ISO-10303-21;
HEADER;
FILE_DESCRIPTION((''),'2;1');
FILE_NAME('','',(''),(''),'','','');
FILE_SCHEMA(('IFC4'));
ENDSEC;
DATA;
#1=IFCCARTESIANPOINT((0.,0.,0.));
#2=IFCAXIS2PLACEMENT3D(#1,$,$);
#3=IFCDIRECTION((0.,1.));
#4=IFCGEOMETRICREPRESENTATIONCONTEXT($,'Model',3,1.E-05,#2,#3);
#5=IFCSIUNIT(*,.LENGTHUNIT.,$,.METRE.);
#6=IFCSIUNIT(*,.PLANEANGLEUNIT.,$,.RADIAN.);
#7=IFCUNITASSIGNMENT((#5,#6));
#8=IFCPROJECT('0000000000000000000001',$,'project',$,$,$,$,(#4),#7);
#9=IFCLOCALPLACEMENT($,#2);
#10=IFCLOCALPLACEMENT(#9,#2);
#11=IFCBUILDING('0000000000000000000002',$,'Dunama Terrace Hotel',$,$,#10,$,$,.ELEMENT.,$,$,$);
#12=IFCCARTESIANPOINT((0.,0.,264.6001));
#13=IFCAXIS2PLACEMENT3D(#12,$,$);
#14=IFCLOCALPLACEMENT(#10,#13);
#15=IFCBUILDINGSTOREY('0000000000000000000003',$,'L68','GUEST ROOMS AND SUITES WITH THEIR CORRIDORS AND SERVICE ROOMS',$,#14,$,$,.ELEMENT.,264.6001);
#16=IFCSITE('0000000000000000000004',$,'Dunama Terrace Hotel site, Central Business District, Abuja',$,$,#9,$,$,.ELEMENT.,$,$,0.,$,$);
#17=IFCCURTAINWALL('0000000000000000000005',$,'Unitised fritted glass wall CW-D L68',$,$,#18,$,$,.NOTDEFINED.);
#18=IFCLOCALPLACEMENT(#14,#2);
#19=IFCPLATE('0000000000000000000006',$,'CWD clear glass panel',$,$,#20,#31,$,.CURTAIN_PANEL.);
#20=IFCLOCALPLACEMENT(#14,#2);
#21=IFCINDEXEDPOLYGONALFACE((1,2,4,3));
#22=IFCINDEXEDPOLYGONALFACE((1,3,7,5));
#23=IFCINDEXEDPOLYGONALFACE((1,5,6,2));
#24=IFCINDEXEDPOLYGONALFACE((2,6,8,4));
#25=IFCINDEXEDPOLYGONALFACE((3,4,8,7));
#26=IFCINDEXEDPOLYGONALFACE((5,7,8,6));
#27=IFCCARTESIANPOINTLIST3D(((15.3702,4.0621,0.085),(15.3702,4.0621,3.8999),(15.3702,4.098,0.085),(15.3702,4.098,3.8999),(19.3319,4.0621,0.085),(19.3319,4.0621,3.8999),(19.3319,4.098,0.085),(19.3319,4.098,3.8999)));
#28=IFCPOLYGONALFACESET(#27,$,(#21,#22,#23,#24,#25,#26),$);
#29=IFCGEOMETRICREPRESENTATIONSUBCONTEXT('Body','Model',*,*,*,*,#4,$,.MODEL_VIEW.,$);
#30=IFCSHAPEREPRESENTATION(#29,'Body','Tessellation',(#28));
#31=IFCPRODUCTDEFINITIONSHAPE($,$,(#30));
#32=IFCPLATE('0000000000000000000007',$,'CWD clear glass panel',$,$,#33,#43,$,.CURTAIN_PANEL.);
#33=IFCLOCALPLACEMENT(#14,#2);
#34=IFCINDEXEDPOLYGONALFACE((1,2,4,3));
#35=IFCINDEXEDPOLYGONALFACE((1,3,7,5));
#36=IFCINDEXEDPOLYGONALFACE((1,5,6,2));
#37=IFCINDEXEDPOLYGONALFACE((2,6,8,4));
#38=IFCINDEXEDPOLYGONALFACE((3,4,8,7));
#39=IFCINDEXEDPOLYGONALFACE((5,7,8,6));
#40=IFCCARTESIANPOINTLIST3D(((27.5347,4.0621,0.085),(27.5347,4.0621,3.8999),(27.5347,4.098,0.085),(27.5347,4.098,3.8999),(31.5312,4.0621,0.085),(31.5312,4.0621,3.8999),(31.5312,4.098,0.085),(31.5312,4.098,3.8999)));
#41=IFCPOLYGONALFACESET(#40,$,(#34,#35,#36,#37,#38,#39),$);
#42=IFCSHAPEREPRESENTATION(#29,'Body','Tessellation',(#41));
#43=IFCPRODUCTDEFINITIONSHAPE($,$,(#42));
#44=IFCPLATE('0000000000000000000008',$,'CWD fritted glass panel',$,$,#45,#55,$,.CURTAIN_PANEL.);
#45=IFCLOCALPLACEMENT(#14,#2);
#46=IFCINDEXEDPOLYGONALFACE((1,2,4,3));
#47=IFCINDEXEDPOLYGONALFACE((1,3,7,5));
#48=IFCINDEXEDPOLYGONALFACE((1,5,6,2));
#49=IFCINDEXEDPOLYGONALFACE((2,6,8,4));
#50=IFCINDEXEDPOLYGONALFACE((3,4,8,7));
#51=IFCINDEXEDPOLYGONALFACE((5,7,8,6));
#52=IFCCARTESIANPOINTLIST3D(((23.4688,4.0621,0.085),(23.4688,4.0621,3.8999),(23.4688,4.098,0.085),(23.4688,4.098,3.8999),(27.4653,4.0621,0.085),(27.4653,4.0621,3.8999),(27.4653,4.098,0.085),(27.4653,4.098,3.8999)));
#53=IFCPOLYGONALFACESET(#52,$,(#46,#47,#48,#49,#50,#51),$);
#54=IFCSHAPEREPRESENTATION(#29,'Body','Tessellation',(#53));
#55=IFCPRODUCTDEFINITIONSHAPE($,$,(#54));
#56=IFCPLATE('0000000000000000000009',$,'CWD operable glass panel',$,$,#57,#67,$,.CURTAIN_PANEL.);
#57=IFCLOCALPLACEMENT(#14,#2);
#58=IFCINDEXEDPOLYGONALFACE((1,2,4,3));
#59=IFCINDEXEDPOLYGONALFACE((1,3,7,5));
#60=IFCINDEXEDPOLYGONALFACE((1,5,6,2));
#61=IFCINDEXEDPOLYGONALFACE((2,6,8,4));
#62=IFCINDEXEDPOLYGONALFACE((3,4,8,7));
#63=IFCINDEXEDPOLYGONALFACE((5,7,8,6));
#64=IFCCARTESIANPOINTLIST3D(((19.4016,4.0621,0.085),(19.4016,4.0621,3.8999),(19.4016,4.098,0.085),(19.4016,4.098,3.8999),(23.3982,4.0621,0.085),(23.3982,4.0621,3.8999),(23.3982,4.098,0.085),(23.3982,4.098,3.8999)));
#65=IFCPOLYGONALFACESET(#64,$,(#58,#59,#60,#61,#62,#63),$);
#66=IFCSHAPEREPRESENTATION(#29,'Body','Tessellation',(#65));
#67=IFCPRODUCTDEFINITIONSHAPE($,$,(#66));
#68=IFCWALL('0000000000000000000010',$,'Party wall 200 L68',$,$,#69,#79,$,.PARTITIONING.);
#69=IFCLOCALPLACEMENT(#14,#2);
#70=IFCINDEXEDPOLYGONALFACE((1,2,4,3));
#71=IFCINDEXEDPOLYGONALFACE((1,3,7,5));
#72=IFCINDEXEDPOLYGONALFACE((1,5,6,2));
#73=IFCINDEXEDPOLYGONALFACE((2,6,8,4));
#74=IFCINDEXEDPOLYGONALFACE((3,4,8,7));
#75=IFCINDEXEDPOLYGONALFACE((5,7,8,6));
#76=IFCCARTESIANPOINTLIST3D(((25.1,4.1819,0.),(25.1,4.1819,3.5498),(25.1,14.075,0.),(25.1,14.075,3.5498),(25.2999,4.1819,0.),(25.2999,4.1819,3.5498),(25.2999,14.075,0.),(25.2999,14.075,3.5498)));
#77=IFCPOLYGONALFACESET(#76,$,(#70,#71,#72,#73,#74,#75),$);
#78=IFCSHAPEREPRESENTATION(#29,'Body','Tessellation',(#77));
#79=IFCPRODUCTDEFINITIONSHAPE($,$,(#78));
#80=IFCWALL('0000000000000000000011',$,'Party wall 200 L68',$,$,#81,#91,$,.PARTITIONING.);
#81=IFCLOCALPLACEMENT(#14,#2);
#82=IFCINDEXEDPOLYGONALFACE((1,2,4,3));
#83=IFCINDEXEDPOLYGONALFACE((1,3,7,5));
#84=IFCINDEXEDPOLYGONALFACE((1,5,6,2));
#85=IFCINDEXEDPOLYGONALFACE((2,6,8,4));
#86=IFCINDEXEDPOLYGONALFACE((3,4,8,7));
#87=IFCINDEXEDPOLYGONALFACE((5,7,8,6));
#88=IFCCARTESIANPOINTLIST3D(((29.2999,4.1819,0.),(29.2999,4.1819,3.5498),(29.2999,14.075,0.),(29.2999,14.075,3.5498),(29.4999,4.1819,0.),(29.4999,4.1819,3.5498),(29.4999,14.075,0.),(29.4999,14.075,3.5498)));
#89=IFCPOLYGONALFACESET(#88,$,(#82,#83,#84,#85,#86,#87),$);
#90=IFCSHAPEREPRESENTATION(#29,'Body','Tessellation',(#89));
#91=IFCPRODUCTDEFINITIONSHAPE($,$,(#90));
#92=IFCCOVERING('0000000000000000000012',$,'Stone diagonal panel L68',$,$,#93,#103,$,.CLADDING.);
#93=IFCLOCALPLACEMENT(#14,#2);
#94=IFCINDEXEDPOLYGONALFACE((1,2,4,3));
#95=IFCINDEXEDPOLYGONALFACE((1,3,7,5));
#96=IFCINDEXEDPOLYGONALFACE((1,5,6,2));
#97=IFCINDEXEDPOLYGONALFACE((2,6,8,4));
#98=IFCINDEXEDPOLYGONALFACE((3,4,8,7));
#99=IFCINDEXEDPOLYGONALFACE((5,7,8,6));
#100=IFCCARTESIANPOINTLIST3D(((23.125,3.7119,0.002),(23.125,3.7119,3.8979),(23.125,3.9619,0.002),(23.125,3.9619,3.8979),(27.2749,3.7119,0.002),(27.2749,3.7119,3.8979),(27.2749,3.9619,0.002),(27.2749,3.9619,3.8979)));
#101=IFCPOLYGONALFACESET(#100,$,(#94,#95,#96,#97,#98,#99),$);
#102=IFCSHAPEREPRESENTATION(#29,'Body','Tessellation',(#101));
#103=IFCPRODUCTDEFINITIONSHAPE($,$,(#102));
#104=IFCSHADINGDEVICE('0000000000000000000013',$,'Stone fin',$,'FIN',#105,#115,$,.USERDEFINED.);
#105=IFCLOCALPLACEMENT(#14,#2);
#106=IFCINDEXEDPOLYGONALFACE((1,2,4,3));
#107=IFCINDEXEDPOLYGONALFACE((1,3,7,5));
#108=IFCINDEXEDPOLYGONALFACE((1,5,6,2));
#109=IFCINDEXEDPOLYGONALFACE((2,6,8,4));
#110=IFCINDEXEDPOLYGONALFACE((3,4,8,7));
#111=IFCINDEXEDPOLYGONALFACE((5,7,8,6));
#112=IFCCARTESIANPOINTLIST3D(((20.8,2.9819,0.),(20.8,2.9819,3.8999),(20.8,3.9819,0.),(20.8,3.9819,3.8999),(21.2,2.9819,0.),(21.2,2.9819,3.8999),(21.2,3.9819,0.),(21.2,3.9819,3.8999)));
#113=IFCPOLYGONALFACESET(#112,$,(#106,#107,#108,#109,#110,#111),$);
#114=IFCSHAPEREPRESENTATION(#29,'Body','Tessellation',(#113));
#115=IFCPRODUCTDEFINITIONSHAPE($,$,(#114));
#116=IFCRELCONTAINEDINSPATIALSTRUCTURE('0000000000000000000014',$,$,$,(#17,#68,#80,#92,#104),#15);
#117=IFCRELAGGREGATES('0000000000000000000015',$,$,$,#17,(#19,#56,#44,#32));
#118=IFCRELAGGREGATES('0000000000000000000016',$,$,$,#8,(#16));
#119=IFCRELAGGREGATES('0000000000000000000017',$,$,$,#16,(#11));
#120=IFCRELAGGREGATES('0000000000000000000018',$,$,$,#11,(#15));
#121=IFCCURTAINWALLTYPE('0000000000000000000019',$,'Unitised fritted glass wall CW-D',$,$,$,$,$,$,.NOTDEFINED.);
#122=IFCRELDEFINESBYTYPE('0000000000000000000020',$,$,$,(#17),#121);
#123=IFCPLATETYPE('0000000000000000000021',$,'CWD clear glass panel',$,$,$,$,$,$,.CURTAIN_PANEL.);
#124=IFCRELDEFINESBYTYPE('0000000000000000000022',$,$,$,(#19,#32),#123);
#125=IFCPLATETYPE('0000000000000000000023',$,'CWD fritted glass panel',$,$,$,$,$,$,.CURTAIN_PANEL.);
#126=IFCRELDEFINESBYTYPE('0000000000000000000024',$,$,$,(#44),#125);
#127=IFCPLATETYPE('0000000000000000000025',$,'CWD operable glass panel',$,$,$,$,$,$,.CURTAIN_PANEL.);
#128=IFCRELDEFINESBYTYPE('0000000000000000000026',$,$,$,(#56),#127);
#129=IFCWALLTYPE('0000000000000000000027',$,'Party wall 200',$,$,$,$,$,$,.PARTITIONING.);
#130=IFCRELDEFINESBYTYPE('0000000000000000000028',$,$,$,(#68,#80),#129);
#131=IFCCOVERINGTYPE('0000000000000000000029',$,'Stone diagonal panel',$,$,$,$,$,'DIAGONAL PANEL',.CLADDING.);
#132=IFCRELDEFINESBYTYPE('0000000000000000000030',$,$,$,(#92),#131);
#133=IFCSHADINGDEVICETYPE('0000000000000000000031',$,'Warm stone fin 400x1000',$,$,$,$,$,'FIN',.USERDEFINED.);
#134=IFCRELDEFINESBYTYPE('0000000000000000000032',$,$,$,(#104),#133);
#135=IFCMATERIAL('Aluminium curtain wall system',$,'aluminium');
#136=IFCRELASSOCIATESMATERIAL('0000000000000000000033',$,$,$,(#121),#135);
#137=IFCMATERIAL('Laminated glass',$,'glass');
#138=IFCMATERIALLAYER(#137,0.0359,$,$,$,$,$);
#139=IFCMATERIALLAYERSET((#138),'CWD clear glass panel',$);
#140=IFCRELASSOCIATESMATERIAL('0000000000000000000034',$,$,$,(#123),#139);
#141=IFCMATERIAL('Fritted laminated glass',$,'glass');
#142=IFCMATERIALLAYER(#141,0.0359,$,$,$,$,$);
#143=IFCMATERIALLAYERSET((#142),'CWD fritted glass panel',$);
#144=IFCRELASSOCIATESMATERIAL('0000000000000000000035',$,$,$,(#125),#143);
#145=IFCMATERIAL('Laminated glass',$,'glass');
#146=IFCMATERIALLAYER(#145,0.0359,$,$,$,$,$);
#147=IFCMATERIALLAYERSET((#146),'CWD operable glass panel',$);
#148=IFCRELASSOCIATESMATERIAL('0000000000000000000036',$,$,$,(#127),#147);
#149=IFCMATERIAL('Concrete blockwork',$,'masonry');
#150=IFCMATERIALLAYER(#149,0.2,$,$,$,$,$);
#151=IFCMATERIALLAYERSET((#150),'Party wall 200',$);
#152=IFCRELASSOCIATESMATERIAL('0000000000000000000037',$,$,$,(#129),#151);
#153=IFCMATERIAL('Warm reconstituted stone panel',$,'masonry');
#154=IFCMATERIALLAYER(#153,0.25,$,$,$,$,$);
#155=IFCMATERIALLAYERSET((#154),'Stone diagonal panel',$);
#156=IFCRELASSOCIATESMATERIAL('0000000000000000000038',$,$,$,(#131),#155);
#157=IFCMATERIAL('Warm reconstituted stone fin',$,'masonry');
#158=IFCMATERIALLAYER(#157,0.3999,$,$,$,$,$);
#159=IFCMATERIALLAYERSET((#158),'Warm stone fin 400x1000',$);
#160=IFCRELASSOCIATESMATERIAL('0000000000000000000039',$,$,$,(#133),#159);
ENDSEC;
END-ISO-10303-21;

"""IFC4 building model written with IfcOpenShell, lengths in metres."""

from ifc_helpers import new_model, si_unit, direction, frame, frame_2d, origin, origin_2d, place, context, subcontext, project, spatial, rectangle, extrude, material, layer, layer_set, type_object, element, aggregate, save


model = new_model("IFC4")

# Units and contexts
model_context = context("Model", 3, precision=1e-05, world=origin(), true_north=direction((0.0, 1.0)))
body_context = subcontext(model_context, "Body", "Model", "MODEL_VIEW")
ifc_project = project(units=[si_unit("LENGTHUNIT", "METRE"), si_unit("PLANEANGLEUNIT", "RADIAN")], contexts=[model_context])

# Site, building, storey
site_placement = place(None, origin())
site = spatial("IfcSite", under=ifc_project, at=site_placement, Name="Dunama Terrace Hotel site, Central Business District, Abuja", CompositionType="ELEMENT", RefElevation=0.0)
building_placement = place(site_placement, origin())
building = spatial("IfcBuilding", under=site, at=building_placement, Name="Dunama Terrace Hotel", CompositionType="ELEMENT")
storey_placement = place(building_placement, frame((0.0, 0.0, 264.6001)))
storey = spatial("IfcBuildingStorey", under=building, at=storey_placement, Name="L68", Description="GUEST ROOMS AND SUITES WITH THEIR CORRIDORS AND SERVICE ROOMS", CompositionType="ELEMENT", Elevation=264.6001)

# Curtain wall
ifc_material_1 = material(Name="Aluminium curtain wall system", Category="aluminium")
curtain_wall_type = type_object("IfcCurtainWallType", Name="Unitised fritted glass wall CW-D", PredefinedType="NOTDEFINED", material=ifc_material_1)
curtain_wall_placement = place(storey_placement, origin())
curtain_wall = element("IfcCurtainWall", 1, at=curtain_wall_placement, inside=storey, type_object=curtain_wall_type, Name="Unitised fritted glass wall CW-D L68", PredefinedType="NOTDEFINED")

# Plates
ifc_material_2 = material(Name="Laminated glass", Category="glass")
ifc_layer_1 = layer(ifc_material_2, 0.0359)
ifc_layer_set_1 = layer_set([ifc_layer_1], Name="CWD clear glass panel")
plate_type_1 = type_object("IfcPlateType", Name="CWD clear glass panel", PredefinedType="CURTAIN_PANEL", material=ifc_layer_set_1)
plate_1_placement = place(storey_placement, frame((17.3511, 4.0801, 0.085), z_axis=(0.0, 0.0, 1.0), x_axis=(1.0, 0.0, 0.0)))
plate_1 = element("IfcPlate", 2, at=plate_1_placement, type_object=plate_type_1, Name="CWD clear glass panel", PredefinedType="CURTAIN_PANEL", context=body_context, shape_type="SweptSolid", body=[
    extrude(rectangle(XDim=3.9617, YDim=0.0359, at=origin_2d()), origin(), (0.0, 0.0, 1.0), 3.8149),
])
plate_2_placement = place(storey_placement, frame((29.533, 4.0801, 0.085), z_axis=(0.0, 0.0, 1.0), x_axis=(1.0, 0.0, 0.0)))
plate_2 = element("IfcPlate", 3, at=plate_2_placement, type_object=plate_type_1, Name="CWD clear glass panel", PredefinedType="CURTAIN_PANEL", context=body_context, shape_type="SweptSolid", body=[
    extrude(rectangle(XDim=3.9966, YDim=0.0359, at=origin_2d()), origin(), (0.0, 0.0, 1.0), 3.8149),
])
ifc_material_3 = material(Name="Fritted laminated glass", Category="glass")
ifc_layer_2 = layer(ifc_material_3, 0.0359)
ifc_layer_set_2 = layer_set([ifc_layer_2], Name="CWD fritted glass panel")
plate_type_2 = type_object("IfcPlateType", Name="CWD fritted glass panel", PredefinedType="CURTAIN_PANEL", material=ifc_layer_set_2)
plate_3_placement = place(storey_placement, frame((25.467, 4.0801, 0.085), z_axis=(0.0, 0.0, 1.0), x_axis=(1.0, 0.0, 0.0)))
plate_3 = element("IfcPlate", 4, at=plate_3_placement, type_object=plate_type_2, Name="CWD fritted glass panel", PredefinedType="CURTAIN_PANEL", context=body_context, shape_type="SweptSolid", body=[
    extrude(rectangle(XDim=3.9966, YDim=0.0359, at=origin_2d()), origin(), (0.0, 0.0, 1.0), 3.8149),
])
ifc_material_4 = material(Name="Laminated glass", Category="glass")
ifc_layer_3 = layer(ifc_material_4, 0.0359)
ifc_layer_set_3 = layer_set([ifc_layer_3], Name="CWD operable glass panel")
plate_type_3 = type_object("IfcPlateType", Name="CWD operable glass panel", PredefinedType="CURTAIN_PANEL", material=ifc_layer_set_3)
plate_4_placement = place(storey_placement, frame((21.3999, 4.0801, 0.085), z_axis=(0.0, 0.0, 1.0), x_axis=(1.0, 0.0, 0.0)))
plate_4 = element("IfcPlate", 5, at=plate_4_placement, type_object=plate_type_3, Name="CWD operable glass panel", PredefinedType="CURTAIN_PANEL", context=body_context, shape_type="SweptSolid", body=[
    extrude(rectangle(XDim=3.9966, YDim=0.0359, at=origin_2d()), origin(), (0.0, 0.0, 1.0), 3.8149),
])
aggregate(curtain_wall, [plate_1, plate_4, plate_3, plate_2])

# Walls
ifc_material_5 = material(Name="Concrete blockwork", Category="masonry")
ifc_layer_4 = layer(ifc_material_5, 0.2)
ifc_layer_set_4 = layer_set([ifc_layer_4], Name="Party wall 200")
wall_type = type_object("IfcWallType", Name="Party wall 200", PredefinedType="PARTITIONING", material=ifc_layer_set_4)
for number, where, z_axis, x_axis, name in (
    (6, (25.2, 4.1819, 0.0), (0.0, 0.0, 1.0), (0.0, 1.0, 0.0), "Party wall 200 L68"),
    (7, (29.3999, 4.1819, 0.0), (0.0, 0.0, 1.0), (0.0, 1.0, 0.0), "Party wall 200 L68"),
):
    element("IfcWall", number, at=place(storey_placement, frame(where, z_axis=z_axis, x_axis=x_axis)), inside=storey, type_object=wall_type, Name=name, PredefinedType="PARTITIONING", context=body_context, shape_type="SweptSolid", body=[
        extrude(rectangle(XDim=9.8931, YDim=0.2, at=frame_2d((4.9465, 0.0))), origin(), (0.0, 0.0, 1.0), 3.5498),
    ])

# Covering
ifc_material_6 = material(Name="Warm reconstituted stone panel", Category="masonry")
ifc_layer_5 = layer(ifc_material_6, 0.25)
ifc_layer_set_5 = layer_set([ifc_layer_5], Name="Stone diagonal panel")
covering_type = type_object("IfcCoveringType", Name="Stone diagonal panel", ElementType="DIAGONAL PANEL", PredefinedType="CLADDING", material=ifc_layer_set_5)
covering_placement = place(storey_placement, frame((25.2, 3.8369, 0.002), z_axis=(0.0, 0.0, 1.0), x_axis=(1.0, 0.0, 0.0)))
element("IfcCovering", 8, at=covering_placement, inside=storey, type_object=covering_type, Name="Stone diagonal panel L68", PredefinedType="CLADDING", context=body_context, shape_type="SweptSolid", body=[
    extrude(rectangle(XDim=4.1499, YDim=0.25, at=origin_2d()), origin(), (0.0, 0.0, 1.0), 3.896),
])

# Shading device
ifc_material_7 = material(Name="Warm reconstituted stone fin", Category="masonry")
ifc_layer_6 = layer(ifc_material_7, 0.3999)
ifc_layer_set_6 = layer_set([ifc_layer_6], Name="Warm stone fin 400x1000")
shading_device_type = type_object("IfcShadingDeviceType", Name="Warm stone fin 400x1000", ElementType="FIN", PredefinedType="USERDEFINED", material=ifc_layer_set_6)
shading_device_placement = place(storey_placement, frame((21.0, 3.4819, 0.0), z_axis=(0.0, 0.0, 1.0), x_axis=(1.0, 0.0, 0.0)))
element("IfcShadingDevice", 9, at=shading_device_placement, inside=storey, type_object=shading_device_type, Name="Stone fin", ObjectType="FIN", PredefinedType="USERDEFINED", context=body_context, shape_type="SweptSolid", body=[
    extrude(rectangle(XDim=0.3999, YDim=1.0, at=origin_2d()), origin(), (0.0, 0.0, 1.0), 3.8999),
])

save(model, "model.ifc")
